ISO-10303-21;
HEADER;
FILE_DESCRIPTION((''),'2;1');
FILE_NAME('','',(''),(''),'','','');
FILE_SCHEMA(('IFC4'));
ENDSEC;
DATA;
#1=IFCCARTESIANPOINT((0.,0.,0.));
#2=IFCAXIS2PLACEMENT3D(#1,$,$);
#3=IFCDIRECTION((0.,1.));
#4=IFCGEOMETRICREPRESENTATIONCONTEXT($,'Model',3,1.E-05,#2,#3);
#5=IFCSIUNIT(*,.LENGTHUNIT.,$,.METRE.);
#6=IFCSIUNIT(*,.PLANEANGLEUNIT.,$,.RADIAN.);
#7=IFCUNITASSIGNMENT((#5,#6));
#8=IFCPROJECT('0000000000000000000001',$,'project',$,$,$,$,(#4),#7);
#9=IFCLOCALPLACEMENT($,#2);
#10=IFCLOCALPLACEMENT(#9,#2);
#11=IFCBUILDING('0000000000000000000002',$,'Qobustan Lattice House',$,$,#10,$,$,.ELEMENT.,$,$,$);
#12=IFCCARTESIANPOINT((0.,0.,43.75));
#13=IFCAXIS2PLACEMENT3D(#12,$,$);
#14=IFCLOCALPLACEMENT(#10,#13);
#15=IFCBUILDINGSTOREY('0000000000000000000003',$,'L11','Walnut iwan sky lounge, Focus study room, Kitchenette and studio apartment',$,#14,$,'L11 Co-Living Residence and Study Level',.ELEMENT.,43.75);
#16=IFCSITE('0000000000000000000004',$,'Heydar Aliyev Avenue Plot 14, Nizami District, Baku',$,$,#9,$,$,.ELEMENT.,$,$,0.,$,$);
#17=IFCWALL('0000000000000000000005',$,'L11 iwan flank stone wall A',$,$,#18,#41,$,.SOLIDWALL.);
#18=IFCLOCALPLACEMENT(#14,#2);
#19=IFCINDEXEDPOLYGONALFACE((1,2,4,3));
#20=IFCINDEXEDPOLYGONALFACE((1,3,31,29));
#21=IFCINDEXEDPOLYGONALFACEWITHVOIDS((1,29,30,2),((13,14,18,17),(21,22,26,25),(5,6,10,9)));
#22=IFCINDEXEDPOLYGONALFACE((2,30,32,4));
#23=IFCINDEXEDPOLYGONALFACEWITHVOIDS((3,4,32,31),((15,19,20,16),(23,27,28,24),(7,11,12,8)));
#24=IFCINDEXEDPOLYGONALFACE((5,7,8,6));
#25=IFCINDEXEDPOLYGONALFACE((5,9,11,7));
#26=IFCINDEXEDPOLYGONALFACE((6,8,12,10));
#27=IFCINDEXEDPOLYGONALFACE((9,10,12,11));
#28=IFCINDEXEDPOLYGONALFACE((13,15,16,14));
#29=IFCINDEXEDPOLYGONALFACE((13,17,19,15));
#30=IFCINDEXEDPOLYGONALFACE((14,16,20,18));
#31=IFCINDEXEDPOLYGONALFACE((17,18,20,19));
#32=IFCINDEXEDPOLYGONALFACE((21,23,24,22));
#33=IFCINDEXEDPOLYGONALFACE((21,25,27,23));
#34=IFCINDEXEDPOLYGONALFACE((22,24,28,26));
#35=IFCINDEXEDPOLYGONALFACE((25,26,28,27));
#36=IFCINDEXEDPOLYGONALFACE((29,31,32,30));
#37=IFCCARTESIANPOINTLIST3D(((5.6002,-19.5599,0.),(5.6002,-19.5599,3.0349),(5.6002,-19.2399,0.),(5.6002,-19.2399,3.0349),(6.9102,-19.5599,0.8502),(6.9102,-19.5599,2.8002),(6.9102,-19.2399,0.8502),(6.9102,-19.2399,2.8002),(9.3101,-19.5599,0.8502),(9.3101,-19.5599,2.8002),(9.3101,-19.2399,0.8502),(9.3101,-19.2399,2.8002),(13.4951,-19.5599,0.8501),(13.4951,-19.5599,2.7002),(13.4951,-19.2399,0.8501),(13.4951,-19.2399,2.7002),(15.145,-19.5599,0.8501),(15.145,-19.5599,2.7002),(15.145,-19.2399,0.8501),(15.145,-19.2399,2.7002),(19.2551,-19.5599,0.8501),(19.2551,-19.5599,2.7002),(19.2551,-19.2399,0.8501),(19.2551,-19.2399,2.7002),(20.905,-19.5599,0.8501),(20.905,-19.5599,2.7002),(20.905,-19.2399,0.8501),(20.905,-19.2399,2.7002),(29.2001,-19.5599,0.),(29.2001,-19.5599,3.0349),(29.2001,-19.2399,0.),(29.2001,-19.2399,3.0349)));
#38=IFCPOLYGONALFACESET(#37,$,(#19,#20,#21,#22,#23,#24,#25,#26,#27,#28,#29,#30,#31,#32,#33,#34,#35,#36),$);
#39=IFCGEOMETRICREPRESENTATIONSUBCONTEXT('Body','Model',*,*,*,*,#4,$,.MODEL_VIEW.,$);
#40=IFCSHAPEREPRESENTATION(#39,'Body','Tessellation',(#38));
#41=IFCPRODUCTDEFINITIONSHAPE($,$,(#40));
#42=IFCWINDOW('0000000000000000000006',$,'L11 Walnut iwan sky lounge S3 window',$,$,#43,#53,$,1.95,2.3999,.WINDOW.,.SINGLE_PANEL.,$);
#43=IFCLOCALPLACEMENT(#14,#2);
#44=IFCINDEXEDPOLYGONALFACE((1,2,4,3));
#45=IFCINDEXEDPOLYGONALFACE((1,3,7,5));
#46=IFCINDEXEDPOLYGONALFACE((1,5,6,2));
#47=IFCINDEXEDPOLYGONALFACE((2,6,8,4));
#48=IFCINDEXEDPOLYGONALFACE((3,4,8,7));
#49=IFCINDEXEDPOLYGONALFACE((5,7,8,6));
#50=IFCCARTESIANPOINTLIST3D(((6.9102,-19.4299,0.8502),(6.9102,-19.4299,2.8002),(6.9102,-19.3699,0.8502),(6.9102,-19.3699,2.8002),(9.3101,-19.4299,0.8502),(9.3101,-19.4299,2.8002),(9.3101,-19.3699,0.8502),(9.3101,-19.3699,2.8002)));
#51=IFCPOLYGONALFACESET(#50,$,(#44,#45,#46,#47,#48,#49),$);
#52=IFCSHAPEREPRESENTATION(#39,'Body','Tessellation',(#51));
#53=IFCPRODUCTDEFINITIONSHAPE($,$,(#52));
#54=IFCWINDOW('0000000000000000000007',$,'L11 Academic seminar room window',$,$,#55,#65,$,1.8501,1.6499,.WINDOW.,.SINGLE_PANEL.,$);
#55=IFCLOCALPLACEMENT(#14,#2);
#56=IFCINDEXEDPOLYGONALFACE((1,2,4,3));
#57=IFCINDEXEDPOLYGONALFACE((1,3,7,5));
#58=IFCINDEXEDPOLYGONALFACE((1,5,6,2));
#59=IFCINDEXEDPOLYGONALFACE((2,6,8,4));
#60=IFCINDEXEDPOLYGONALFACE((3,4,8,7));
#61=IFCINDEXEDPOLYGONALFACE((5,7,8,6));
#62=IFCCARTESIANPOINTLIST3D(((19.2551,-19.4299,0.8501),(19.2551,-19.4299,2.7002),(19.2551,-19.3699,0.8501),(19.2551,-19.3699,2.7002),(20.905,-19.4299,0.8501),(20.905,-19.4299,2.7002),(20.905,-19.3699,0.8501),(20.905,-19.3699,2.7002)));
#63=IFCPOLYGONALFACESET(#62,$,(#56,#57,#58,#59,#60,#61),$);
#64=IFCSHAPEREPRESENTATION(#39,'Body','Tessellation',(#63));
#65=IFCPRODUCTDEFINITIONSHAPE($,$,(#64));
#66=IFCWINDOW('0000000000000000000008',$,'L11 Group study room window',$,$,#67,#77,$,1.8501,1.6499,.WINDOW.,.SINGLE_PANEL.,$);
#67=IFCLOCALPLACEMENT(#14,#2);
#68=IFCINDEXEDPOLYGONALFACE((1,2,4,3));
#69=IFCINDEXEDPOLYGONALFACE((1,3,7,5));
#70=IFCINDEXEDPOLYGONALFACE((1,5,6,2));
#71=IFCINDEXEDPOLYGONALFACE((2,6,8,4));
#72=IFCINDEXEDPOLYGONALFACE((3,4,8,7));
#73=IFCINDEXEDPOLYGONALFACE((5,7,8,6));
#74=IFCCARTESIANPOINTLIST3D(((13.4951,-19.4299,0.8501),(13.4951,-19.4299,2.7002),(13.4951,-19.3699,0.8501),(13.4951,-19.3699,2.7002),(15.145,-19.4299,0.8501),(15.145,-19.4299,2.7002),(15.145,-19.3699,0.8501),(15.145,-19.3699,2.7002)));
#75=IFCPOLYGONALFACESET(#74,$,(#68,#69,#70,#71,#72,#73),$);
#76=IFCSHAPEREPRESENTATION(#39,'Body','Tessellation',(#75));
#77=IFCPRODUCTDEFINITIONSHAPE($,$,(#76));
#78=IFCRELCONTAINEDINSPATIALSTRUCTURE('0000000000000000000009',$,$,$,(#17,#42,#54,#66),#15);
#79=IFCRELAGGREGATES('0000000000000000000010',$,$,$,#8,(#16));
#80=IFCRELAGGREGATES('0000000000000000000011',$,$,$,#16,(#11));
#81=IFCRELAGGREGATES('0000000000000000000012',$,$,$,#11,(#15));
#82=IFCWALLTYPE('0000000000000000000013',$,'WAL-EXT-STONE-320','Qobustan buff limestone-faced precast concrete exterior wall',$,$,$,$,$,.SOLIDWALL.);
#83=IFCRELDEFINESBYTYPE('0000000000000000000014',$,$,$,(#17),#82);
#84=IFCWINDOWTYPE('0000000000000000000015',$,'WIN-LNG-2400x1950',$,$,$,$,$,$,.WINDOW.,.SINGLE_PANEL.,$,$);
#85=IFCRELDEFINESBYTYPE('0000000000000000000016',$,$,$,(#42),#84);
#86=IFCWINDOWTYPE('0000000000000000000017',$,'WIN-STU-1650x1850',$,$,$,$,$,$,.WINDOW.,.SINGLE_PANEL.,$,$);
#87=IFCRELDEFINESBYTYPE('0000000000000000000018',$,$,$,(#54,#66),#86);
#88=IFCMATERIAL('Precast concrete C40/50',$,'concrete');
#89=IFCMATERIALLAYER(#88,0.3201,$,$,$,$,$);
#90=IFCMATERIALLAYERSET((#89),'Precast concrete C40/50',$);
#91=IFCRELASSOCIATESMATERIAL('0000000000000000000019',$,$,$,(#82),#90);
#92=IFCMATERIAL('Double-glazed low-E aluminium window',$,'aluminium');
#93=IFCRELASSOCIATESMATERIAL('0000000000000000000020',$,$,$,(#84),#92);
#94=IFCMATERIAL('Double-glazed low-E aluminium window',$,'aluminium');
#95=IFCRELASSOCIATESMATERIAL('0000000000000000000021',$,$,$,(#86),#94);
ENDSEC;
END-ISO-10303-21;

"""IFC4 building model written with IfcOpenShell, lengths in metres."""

from ifc_helpers import new_model, si_unit, direction, frame, frame_2d, origin, place, context, subcontext, project, spatial, rectangle, extrude, material, layer, layer_set, type_object, element, fill, save


model = new_model("IFC4")

# Units and contexts
model_context = context("Model", 3, precision=1e-05, world=origin(), true_north=direction((0.0, 1.0)))
body_context = subcontext(model_context, "Body", "Model", "MODEL_VIEW")
ifc_project = project(units=[si_unit("LENGTHUNIT", "METRE"), si_unit("PLANEANGLEUNIT", "RADIAN")], contexts=[model_context])

# Site, building, storey
site_placement = place(None, origin())
site = spatial("IfcSite", under=ifc_project, at=site_placement, Name="Heydar Aliyev Avenue Plot 14, Nizami District, Baku", CompositionType="ELEMENT", RefElevation=0.0)
building_placement = place(site_placement, origin())
building = spatial("IfcBuilding", under=site, at=building_placement, Name="Qobustan Lattice House", CompositionType="ELEMENT")
storey_placement = place(building_placement, frame((0.0, 0.0, 43.75)))
storey = spatial("IfcBuildingStorey", under=building, at=storey_placement, Name="L11", Description="Walnut iwan sky lounge, Focus study room, Kitchenette and studio apartment", LongName="L11 Co-Living Residence and Study Level", CompositionType="ELEMENT", Elevation=43.75)

# Shared definitions
ifc_material_1 = material(Name="Precast concrete C40/50", Category="concrete")
ifc_layer_1 = layer(ifc_material_1, 0.3201)
ifc_layer_set_1 = layer_set([ifc_layer_1], Name="Precast concrete C40/50")
wall_type = type_object("IfcWallType", Name="WAL-EXT-STONE-320", Description="Qobustan buff limestone-faced precast concrete exterior wall", PredefinedType="SOLIDWALL", material=ifc_layer_set_1)

# Wall, openings, windows
wall_1_placement = place(storey_placement, frame((29.2, -19.3999, 0.0), z_axis=(0.0, 0.0, 1.0), x_axis=(-1.0, 0.0, 0.0)))
wall_1 = element("IfcWall", 1, at=wall_1_placement, inside=storey, type_object=wall_type, Name="L11 iwan flank stone wall A", PredefinedType="SOLIDWALL", context=body_context, shape_type="SweptSolid", body=[
    extrude(rectangle(XDim=23.5999, YDim=0.3201, at=frame_2d((11.7998, 0.0))), origin(), (0.0, 0.0, 1.0), 3.0349),
])
opening_1_placement = place(wall_1_placement, frame((8.2949, 0.0, 0.8501)))
opening_1 = element("IfcOpeningElement", 2, at=opening_1_placement, cuts=wall_1, PredefinedType="OPENING", context=body_context, shape_type="SweptSolid", body=[
    extrude(rectangle(XDim=1.6499, YDim=1.8501, at=frame_2d((0.825, 0.925))), frame((0.0, 0.1699, 0.0), z_axis=(0.0, -1.0, 0.0), x_axis=(1.0, 0.0, 0.0)), (0.0, 0.0, 1.0), 0.3401),
])
opening_2_placement = place(wall_1_placement, frame((14.0549, 0.0, 0.8501)))
opening_2 = element("IfcOpeningElement", 3, at=opening_2_placement, cuts=wall_1, PredefinedType="OPENING", context=body_context, shape_type="SweptSolid", body=[
    extrude(rectangle(XDim=1.6499, YDim=1.8501, at=frame_2d((0.825, 0.925))), frame((0.0, 0.1699, 0.0), z_axis=(0.0, -1.0, 0.0), x_axis=(1.0, 0.0, 0.0)), (0.0, 0.0, 1.0), 0.3401),
])
opening_3_placement = place(wall_1_placement, frame((19.8899, 0.0, 0.8501)))
opening_3 = element("IfcOpeningElement", 4, at=opening_3_placement, cuts=wall_1, PredefinedType="OPENING", context=body_context, shape_type="SweptSolid", body=[
    extrude(rectangle(XDim=2.3999, YDim=1.95, at=frame_2d((1.2, 0.9751))), frame((0.0, 0.1699, 0.0), z_axis=(0.0, -1.0, 0.0), x_axis=(1.0, 0.0, 0.0)), (0.0, 0.0, 1.0), 0.3401),
])
ifc_material_2 = material(Name="Double-glazed low-E aluminium window", Category="aluminium")
window_type_1 = type_object("IfcWindowType", Name="WIN-LNG-2400x1950", PartitioningType="SINGLE_PANEL", PredefinedType="WINDOW", material=ifc_material_2)
window_1_placement = place(opening_3_placement, origin())
window_1 = element("IfcWindow", 5, at=window_1_placement, inside=storey, type_object=window_type_1, Name="L11 Walnut iwan sky lounge S3 window", OverallHeight=1.95, OverallWidth=2.3999, PartitioningType="SINGLE_PANEL", PredefinedType="WINDOW", context=body_context, shape_type="SweptSolid", body=[
    extrude(rectangle(XDim=2.3999, YDim=1.95, at=frame_2d((1.2, 0.9751))), frame((0.0, 0.03, 0.0), z_axis=(0.0, -1.0, 0.0), x_axis=(1.0, 0.0, 0.0)), (0.0, 0.0, 1.0), 0.0601),
])
fill(opening_3, window_1)
ifc_material_3 = material(Name="Double-glazed low-E aluminium window", Category="aluminium")
window_type_2 = type_object("IfcWindowType", Name="WIN-STU-1650x1850", PartitioningType="SINGLE_PANEL", PredefinedType="WINDOW", material=ifc_material_3)
window_2_placement = place(opening_1_placement, origin())
window_2 = element("IfcWindow", 6, at=window_2_placement, inside=storey, type_object=window_type_2, Name="L11 Academic seminar room window", OverallHeight=1.8501, OverallWidth=1.6499, PartitioningType="SINGLE_PANEL", PredefinedType="WINDOW", context=body_context, shape_type="SweptSolid", body=[
    extrude(rectangle(XDim=1.6499, YDim=1.8501, at=frame_2d((0.825, 0.925))), frame((0.0, 0.03, 0.0), z_axis=(0.0, -1.0, 0.0), x_axis=(1.0, 0.0, 0.0)), (0.0, 0.0, 1.0), 0.0601),
])
fill(opening_1, window_2)
window_3_placement = place(opening_2_placement, origin())
window_3 = element("IfcWindow", 7, at=window_3_placement, inside=storey, type_object=window_type_2, Name="L11 Group study room window", OverallHeight=1.8501, OverallWidth=1.6499, PartitioningType="SINGLE_PANEL", PredefinedType="WINDOW", context=body_context, shape_type="SweptSolid", body=[
    extrude(rectangle(XDim=1.6499, YDim=1.8501, at=frame_2d((0.825, 0.925))), frame((0.0, 0.03, 0.0), z_axis=(0.0, -1.0, 0.0), x_axis=(1.0, 0.0, 0.0)), (0.0, 0.0, 1.0), 0.0601),
])
fill(opening_2, window_3)

save(model, "model.ifc")
